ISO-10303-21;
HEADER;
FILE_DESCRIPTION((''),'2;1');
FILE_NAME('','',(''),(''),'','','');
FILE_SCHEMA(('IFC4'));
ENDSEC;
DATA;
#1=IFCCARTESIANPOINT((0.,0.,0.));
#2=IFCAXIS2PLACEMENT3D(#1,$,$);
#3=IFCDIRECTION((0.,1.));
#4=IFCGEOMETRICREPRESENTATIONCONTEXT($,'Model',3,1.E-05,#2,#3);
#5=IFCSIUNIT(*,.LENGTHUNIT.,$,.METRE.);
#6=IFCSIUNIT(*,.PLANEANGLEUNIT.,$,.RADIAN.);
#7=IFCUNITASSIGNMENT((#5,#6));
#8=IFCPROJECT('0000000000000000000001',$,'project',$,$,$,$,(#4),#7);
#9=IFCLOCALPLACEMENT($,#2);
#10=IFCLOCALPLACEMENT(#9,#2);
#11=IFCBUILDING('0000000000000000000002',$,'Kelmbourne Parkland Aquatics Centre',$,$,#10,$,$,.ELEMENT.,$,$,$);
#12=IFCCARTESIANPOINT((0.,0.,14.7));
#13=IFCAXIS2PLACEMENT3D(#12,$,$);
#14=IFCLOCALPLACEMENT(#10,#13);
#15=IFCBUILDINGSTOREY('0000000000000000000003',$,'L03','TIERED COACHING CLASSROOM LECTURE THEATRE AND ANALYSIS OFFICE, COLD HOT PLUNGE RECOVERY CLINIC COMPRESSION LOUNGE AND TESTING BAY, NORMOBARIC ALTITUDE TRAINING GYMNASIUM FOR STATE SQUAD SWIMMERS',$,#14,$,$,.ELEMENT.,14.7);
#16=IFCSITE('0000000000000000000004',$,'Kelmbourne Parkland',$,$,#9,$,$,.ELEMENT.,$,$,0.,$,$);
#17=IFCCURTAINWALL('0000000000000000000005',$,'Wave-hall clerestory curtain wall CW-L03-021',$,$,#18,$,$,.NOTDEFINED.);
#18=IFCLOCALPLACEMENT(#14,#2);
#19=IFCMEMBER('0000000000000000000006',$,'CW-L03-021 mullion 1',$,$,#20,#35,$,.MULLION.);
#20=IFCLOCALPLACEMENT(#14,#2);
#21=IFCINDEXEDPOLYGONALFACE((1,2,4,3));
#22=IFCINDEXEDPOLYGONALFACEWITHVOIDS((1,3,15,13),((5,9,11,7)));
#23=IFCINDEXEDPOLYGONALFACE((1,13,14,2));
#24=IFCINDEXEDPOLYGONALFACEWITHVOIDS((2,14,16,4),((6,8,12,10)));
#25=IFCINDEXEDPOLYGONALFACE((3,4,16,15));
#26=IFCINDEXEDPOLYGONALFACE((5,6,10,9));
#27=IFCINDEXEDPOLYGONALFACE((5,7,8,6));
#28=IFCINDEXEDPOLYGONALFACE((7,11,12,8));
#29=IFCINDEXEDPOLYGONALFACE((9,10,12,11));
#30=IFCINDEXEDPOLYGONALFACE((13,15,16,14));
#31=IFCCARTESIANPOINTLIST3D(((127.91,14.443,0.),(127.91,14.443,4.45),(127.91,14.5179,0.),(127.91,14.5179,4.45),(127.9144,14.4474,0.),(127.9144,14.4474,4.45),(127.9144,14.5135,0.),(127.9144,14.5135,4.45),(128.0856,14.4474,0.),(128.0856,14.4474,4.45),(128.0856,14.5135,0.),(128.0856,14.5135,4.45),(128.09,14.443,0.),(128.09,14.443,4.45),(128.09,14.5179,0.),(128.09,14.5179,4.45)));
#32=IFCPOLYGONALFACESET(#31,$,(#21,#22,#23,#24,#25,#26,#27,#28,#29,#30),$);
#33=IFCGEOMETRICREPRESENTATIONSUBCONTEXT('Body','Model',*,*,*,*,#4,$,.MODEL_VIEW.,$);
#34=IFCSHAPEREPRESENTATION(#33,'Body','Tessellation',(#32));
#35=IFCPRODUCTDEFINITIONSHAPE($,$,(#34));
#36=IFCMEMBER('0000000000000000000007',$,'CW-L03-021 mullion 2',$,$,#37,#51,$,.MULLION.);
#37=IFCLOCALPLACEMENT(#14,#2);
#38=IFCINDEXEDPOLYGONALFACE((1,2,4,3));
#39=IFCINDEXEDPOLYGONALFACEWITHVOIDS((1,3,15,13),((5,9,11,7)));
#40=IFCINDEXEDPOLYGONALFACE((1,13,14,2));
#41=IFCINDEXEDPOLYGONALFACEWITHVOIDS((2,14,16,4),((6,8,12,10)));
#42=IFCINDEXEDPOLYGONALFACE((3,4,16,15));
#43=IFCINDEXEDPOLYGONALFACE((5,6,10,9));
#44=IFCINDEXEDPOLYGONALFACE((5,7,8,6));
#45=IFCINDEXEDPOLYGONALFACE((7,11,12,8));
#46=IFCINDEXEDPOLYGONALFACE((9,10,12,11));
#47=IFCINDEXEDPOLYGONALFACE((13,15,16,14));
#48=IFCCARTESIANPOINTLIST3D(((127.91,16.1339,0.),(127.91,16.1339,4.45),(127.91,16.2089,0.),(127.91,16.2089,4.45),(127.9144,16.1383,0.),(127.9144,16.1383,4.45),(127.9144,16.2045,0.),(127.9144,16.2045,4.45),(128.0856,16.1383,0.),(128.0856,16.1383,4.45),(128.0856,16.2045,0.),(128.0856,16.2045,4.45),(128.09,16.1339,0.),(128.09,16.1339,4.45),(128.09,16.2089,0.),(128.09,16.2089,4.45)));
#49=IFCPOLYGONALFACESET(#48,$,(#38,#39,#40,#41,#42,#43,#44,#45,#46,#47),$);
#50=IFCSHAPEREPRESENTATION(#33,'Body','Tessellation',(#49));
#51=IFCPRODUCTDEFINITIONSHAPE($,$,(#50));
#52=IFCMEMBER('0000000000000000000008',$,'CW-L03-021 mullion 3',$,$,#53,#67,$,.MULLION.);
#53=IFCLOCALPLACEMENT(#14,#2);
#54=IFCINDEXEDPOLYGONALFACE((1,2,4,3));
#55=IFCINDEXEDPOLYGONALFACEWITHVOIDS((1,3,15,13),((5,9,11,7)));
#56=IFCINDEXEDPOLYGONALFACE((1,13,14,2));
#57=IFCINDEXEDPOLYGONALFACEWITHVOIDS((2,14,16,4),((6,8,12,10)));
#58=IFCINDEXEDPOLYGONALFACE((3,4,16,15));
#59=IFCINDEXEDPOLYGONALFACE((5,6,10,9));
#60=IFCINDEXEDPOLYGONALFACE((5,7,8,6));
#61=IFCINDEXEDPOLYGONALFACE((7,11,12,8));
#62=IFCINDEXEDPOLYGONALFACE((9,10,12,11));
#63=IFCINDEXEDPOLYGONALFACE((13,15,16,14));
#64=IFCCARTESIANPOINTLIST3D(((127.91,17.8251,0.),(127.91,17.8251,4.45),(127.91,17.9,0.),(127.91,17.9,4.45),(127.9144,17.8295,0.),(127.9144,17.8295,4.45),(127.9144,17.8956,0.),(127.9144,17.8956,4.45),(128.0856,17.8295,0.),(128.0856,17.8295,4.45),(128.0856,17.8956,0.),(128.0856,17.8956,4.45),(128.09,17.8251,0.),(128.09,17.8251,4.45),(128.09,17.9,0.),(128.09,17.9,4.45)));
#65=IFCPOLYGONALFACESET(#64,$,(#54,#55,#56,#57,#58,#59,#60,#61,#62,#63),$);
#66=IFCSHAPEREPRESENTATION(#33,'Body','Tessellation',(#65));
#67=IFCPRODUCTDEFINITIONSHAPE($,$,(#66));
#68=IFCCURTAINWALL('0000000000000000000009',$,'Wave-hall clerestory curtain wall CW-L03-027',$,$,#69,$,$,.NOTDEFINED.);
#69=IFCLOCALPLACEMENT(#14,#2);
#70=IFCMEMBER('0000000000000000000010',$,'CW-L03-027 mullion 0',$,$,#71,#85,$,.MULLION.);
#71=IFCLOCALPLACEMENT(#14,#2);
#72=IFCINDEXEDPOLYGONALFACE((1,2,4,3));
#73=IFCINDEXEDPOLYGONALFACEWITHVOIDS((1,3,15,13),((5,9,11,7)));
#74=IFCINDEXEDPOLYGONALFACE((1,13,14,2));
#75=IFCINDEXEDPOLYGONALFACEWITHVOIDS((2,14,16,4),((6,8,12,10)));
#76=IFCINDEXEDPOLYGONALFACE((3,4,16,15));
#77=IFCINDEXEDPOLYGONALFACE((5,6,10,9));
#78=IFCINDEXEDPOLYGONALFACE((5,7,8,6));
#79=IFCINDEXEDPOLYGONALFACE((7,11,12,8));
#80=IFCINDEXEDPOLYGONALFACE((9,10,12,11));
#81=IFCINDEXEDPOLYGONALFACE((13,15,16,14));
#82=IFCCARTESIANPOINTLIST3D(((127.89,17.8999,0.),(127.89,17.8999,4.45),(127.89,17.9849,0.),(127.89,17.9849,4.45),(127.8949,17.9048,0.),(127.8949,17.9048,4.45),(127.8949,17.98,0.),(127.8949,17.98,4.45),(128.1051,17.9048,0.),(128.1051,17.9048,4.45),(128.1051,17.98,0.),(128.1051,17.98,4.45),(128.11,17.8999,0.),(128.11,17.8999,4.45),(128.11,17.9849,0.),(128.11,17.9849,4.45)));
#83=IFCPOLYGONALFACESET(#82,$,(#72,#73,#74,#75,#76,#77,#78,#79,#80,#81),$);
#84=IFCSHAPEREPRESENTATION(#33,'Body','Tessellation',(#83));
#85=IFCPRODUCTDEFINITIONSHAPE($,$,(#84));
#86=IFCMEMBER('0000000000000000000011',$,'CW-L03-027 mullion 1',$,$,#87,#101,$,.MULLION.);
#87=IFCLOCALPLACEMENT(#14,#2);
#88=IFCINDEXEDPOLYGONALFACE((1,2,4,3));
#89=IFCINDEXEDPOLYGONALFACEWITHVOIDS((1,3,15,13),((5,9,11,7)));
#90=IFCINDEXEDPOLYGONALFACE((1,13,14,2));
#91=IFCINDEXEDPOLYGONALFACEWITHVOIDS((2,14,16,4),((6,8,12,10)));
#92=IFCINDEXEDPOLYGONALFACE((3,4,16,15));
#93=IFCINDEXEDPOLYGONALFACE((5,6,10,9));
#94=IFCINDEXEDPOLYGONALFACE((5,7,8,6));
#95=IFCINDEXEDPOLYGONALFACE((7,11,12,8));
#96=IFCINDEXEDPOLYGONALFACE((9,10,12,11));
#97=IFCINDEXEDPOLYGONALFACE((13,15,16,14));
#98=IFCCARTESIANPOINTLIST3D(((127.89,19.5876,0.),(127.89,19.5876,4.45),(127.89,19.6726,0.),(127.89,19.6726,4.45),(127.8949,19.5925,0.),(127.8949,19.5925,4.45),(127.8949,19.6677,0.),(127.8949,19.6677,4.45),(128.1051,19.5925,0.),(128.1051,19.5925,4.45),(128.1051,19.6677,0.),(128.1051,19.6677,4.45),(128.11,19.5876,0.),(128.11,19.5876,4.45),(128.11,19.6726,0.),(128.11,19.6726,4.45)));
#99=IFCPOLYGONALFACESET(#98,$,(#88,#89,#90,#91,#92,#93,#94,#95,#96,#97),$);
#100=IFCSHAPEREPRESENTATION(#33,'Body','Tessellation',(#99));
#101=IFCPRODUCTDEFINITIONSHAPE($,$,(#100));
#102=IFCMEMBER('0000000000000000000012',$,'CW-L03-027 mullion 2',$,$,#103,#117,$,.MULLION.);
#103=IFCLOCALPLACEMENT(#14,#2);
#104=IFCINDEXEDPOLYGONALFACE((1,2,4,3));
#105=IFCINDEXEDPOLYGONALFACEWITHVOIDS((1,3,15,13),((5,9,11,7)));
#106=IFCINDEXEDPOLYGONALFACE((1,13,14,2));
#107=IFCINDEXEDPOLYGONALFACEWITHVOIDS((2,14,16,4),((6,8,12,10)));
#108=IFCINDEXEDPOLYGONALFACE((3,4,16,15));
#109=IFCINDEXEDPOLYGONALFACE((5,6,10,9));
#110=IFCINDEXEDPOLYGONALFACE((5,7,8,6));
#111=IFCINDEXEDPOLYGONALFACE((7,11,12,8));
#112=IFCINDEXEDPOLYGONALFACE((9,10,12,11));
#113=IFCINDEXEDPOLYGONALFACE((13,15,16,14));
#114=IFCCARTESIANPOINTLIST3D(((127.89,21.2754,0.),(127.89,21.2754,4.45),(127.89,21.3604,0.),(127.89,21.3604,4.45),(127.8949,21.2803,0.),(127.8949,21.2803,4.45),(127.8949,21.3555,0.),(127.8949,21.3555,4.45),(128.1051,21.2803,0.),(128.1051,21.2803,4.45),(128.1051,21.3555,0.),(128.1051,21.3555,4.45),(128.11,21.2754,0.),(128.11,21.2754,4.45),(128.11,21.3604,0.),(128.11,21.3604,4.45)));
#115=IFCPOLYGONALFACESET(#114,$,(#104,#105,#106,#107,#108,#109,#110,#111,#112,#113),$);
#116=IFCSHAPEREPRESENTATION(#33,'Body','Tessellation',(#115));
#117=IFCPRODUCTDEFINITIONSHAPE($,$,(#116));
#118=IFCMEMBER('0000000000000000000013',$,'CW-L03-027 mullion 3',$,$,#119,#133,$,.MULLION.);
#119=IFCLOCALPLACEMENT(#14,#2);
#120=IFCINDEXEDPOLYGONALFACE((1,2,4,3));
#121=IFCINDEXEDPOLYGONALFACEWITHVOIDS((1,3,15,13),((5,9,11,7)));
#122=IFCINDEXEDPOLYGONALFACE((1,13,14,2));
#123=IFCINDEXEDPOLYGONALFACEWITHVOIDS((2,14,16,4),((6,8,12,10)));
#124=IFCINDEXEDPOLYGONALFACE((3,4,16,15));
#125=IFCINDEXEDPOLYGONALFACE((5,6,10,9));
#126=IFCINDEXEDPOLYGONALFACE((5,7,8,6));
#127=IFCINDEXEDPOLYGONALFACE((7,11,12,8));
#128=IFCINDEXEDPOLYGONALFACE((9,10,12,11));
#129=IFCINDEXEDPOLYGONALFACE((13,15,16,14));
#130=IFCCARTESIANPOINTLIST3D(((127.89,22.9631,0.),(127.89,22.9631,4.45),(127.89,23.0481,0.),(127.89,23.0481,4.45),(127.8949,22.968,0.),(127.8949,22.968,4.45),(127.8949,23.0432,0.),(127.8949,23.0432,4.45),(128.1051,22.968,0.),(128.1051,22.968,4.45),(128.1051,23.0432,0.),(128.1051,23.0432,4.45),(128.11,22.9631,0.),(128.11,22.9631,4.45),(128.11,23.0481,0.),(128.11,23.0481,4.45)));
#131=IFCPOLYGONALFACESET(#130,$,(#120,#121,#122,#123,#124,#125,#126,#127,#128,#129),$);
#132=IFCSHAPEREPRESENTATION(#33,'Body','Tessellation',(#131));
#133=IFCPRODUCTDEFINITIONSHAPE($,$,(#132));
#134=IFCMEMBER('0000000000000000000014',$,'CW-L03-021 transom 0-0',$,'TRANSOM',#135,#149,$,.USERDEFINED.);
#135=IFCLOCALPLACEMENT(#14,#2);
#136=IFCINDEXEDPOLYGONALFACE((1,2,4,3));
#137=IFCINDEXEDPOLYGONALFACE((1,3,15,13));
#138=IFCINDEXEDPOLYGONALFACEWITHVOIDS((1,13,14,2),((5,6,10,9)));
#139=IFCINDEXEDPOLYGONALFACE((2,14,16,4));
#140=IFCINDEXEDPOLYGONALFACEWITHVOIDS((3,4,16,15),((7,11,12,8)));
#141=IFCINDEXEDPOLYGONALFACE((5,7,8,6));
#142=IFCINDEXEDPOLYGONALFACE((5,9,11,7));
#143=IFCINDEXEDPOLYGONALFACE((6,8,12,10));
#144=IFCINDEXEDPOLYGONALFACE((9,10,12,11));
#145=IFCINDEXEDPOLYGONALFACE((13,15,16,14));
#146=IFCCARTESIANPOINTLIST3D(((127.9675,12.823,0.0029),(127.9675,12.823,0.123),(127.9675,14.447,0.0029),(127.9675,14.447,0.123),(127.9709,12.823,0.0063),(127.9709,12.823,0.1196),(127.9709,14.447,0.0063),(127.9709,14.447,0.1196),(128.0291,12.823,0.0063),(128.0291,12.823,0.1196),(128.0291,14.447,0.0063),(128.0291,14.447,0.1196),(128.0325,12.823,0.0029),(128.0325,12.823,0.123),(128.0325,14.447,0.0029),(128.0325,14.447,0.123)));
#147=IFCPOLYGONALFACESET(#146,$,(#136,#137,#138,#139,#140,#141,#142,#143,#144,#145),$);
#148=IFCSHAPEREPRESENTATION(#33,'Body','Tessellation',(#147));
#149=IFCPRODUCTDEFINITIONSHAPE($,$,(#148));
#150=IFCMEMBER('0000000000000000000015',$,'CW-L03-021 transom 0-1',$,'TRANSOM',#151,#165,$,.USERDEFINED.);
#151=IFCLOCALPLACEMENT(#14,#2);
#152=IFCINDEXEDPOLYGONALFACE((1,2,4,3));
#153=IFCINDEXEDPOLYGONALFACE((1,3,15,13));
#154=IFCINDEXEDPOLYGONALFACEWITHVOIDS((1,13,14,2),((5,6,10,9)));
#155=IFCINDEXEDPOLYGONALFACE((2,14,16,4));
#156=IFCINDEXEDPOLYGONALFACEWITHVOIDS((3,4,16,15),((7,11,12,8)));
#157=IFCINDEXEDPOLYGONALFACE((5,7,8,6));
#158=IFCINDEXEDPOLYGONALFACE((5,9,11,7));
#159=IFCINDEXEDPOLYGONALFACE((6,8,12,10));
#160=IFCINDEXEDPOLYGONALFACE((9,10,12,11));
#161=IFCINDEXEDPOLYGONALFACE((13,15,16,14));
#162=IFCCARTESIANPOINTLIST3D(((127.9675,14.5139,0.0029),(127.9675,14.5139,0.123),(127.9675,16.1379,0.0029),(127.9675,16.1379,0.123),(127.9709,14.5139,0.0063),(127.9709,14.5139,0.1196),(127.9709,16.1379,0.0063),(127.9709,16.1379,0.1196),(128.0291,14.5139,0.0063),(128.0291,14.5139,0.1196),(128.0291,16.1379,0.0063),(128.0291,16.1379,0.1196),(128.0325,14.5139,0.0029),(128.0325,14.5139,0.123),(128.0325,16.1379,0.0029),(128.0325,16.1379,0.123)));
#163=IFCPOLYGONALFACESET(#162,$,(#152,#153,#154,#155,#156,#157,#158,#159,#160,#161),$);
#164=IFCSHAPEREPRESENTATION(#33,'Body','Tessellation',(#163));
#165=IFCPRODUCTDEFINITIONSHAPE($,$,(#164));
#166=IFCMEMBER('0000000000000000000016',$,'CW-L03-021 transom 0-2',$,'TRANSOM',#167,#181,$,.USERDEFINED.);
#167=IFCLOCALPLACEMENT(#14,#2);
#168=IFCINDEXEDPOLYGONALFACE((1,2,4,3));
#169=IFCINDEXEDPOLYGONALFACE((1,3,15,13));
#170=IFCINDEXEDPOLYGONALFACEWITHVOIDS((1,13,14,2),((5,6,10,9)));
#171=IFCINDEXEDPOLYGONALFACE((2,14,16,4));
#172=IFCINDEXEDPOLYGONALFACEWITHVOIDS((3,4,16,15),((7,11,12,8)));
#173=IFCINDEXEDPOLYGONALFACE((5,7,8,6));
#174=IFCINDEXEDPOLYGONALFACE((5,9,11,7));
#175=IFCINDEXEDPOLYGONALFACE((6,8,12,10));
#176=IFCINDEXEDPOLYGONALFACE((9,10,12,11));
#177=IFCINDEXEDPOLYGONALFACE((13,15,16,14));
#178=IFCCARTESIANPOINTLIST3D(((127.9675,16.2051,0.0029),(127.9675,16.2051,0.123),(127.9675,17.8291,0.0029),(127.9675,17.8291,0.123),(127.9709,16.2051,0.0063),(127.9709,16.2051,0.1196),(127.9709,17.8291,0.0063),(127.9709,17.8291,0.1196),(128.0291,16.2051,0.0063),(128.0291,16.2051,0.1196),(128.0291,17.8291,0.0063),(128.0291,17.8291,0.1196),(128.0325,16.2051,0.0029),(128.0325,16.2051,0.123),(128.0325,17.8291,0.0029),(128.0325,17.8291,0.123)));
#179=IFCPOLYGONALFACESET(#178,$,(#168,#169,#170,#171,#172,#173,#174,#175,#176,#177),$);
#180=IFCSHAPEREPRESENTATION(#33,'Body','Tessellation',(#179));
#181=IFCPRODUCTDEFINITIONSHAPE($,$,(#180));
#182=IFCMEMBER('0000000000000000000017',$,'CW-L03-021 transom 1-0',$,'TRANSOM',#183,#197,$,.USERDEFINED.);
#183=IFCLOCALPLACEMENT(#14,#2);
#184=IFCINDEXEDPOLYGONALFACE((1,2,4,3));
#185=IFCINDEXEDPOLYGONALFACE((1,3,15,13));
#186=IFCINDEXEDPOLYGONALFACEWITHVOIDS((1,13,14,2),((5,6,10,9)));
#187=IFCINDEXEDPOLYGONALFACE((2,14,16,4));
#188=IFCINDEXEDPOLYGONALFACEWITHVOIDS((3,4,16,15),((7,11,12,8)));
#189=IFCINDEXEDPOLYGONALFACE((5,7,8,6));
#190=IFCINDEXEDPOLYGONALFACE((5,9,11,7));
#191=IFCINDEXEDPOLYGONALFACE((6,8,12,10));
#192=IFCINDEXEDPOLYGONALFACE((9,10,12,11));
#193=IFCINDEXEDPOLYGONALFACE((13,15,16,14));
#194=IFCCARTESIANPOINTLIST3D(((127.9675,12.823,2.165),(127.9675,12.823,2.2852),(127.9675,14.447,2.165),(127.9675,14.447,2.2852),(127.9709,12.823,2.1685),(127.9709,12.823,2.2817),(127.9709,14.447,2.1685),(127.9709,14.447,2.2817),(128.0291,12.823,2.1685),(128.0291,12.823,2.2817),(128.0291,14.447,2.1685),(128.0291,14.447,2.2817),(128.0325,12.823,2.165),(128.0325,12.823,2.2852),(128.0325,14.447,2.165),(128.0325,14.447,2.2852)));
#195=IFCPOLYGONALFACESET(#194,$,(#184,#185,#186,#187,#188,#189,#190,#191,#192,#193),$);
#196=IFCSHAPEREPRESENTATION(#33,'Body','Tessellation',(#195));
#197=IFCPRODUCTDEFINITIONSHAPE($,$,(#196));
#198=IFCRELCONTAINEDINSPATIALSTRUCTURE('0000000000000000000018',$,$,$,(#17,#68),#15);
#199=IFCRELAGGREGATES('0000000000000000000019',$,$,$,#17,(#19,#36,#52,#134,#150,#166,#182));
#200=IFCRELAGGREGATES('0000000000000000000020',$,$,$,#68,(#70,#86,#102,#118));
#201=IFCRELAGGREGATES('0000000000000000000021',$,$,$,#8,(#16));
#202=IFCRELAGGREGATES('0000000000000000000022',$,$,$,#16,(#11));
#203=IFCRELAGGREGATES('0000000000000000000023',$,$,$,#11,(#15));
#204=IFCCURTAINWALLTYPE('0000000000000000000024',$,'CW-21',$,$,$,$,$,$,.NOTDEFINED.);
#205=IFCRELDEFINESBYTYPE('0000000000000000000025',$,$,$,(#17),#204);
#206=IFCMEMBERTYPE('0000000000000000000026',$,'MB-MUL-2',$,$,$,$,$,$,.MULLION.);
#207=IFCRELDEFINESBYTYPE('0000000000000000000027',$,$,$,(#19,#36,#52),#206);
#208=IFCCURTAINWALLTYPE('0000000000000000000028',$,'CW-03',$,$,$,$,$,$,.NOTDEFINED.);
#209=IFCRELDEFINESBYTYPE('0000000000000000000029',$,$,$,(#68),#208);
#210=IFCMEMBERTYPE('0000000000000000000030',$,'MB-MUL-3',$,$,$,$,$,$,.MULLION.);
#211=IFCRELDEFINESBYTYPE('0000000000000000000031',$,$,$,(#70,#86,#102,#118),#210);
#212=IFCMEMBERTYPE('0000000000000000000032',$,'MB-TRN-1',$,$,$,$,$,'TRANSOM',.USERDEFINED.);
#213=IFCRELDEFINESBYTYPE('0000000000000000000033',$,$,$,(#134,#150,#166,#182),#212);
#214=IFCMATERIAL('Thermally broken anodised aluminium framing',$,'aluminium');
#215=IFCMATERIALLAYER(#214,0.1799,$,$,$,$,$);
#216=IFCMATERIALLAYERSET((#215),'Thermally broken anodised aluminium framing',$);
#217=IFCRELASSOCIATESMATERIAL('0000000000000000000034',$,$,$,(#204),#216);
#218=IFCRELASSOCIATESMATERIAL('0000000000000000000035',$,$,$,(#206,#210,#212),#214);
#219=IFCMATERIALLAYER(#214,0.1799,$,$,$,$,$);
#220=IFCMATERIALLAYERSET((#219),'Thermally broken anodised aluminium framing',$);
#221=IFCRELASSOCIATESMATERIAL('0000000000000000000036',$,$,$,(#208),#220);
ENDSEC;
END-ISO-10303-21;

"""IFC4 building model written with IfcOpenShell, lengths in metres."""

from ifc_helpers import new_model, si_unit, direction, frame, origin, origin_2d, place, context, subcontext, project, spatial, hollow_rectangle, extrude, material, layer, layer_set, material_profile, profile_set, type_object, element, aggregate, save


model = new_model("IFC4")

# Units and contexts
model_context = context("Model", 3, precision=1e-05, world=origin(), true_north=direction((0.0, 1.0)))
body_context = subcontext(model_context, "Body", "Model", "MODEL_VIEW")
ifc_project = project(units=[si_unit("LENGTHUNIT", "METRE"), si_unit("PLANEANGLEUNIT", "RADIAN")], contexts=[model_context])

# Site, building, storey
site_placement = place(None, origin())
site = spatial("IfcSite", under=ifc_project, at=site_placement, Name="Kelmbourne Parkland", CompositionType="ELEMENT", RefElevation=0.0)
building_placement = place(site_placement, origin())
building = spatial("IfcBuilding", under=site, at=building_placement, Name="Kelmbourne Parkland Aquatics Centre", CompositionType="ELEMENT")
storey_placement = place(building_placement, frame((0.0, 0.0, 14.7)))
storey = spatial("IfcBuildingStorey", under=building, at=storey_placement, Name="L03", Description="TIERED COACHING CLASSROOM LECTURE THEATRE AND ANALYSIS OFFICE, COLD HOT PLUNGE RECOVERY CLINIC COMPRESSION LOUNGE AND TESTING BAY, NORMOBARIC ALTITUDE TRAINING GYMNASIUM FOR STATE SQUAD SWIMMERS", CompositionType="ELEMENT", Elevation=14.7)

# Curtain walls, members
ifc_material_1 = material(Name="Thermally broken anodised aluminium framing", Category="aluminium")
ifc_layer_1 = layer(ifc_material_1, 0.1799)
ifc_layer_set_1 = layer_set([ifc_layer_1], Name="Thermally broken anodised aluminium framing")
curtain_wall_type_1 = type_object("IfcCurtainWallType", Name="CW-21", PredefinedType="NOTDEFINED", material=ifc_layer_set_1)
curtain_wall_1_placement = place(storey_placement, origin())
curtain_wall_1 = element("IfcCurtainWall", 1, at=curtain_wall_1_placement, inside=storey, type_object=curtain_wall_type_1, Name="Wave-hall clerestory curtain wall CW-L03-021", PredefinedType="NOTDEFINED")
ifc_material_profile_1 = material_profile(ifc_material_1, hollow_rectangle(XDim=0.075, YDim=0.1799, WallThickness=0.0044, at=origin_2d()), Name="CW-M 75x180")
ifc_profile_set_1 = profile_set([ifc_material_profile_1], Name="Thermally broken anodised aluminium framing")
member_type_1 = type_object("IfcMemberType", Name="MB-MUL-2", PredefinedType="MULLION", material=ifc_profile_set_1)
member_1_placement = place(storey_placement, frame((128.0, 14.4805, 0.0), z_axis=(0.0, 0.0, 1.0), x_axis=(0.0, 1.0, 0.0)))
member_1 = element("IfcMember", 2, at=member_1_placement, type_object=member_type_1, Name="CW-L03-021 mullion 1", PredefinedType="MULLION", context=body_context, shape_type="SweptSolid", body=[
    extrude(hollow_rectangle(XDim=0.075, YDim=0.1799, WallThickness=0.0044, at=origin_2d()), origin(), (0.0, 0.0, 1.0), 4.45),
])
member_2_placement = place(storey_placement, frame((128.0, 16.1714, 0.0), z_axis=(0.0, 0.0, 1.0), x_axis=(0.0, 1.0, 0.0)))
member_2 = element("IfcMember", 3, at=member_2_placement, type_object=member_type_1, Name="CW-L03-021 mullion 2", PredefinedType="MULLION", context=body_context, shape_type="SweptSolid", body=[
    extrude(hollow_rectangle(XDim=0.075, YDim=0.1799, WallThickness=0.0044, at=origin_2d()), origin(), (0.0, 0.0, 1.0), 4.45),
])
member_3_placement = place(storey_placement, frame((128.0, 17.8625, 0.0), z_axis=(0.0, 0.0, 1.0), x_axis=(0.0, 1.0, 0.0)))
member_3 = element("IfcMember", 4, at=member_3_placement, type_object=member_type_1, Name="CW-L03-021 mullion 3", PredefinedType="MULLION", context=body_context, shape_type="SweptSolid", body=[
    extrude(hollow_rectangle(XDim=0.075, YDim=0.1799, WallThickness=0.0044, at=origin_2d()), origin(), (0.0, 0.0, 1.0), 4.45),
])
ifc_layer_2 = layer(ifc_material_1, 0.1799)
ifc_layer_set_2 = layer_set([ifc_layer_2], Name="Thermally broken anodised aluminium framing")
curtain_wall_type_2 = type_object("IfcCurtainWallType", Name="CW-03", PredefinedType="NOTDEFINED", material=ifc_layer_set_2)
curtain_wall_2_placement = place(storey_placement, origin())
curtain_wall_2 = element("IfcCurtainWall", 5, at=curtain_wall_2_placement, inside=storey, type_object=curtain_wall_type_2, Name="Wave-hall clerestory curtain wall CW-L03-027", PredefinedType="NOTDEFINED")
ifc_material_profile_2 = material_profile(ifc_material_1, hollow_rectangle(XDim=0.085, YDim=0.22, WallThickness=0.0049, at=origin_2d()), Name="CW-M 85x220")
ifc_profile_set_2 = profile_set([ifc_material_profile_2], Name="Thermally broken anodised aluminium framing")
member_type_2 = type_object("IfcMemberType", Name="MB-MUL-3", PredefinedType="MULLION", material=ifc_profile_set_2)
member_4_placement = place(storey_placement, frame((128.0, 17.9424, 0.0), z_axis=(0.0, 0.0, 1.0), x_axis=(0.0, 1.0, 0.0)))
member_4 = element("IfcMember", 6, at=member_4_placement, type_object=member_type_2, Name="CW-L03-027 mullion 0", PredefinedType="MULLION", context=body_context, shape_type="SweptSolid", body=[
    extrude(hollow_rectangle(XDim=0.085, YDim=0.22, WallThickness=0.0049, at=origin_2d()), origin(), (0.0, 0.0, 1.0), 4.45),
])
member_5_placement = place(storey_placement, frame((128.0, 19.6301, 0.0), z_axis=(0.0, 0.0, 1.0), x_axis=(0.0, 1.0, 0.0)))
member_5 = element("IfcMember", 7, at=member_5_placement, type_object=member_type_2, Name="CW-L03-027 mullion 1", PredefinedType="MULLION", context=body_context, shape_type="SweptSolid", body=[
    extrude(hollow_rectangle(XDim=0.085, YDim=0.22, WallThickness=0.0049, at=origin_2d()), origin(), (0.0, 0.0, 1.0), 4.45),
])
member_6_placement = place(storey_placement, frame((128.0, 21.3179, 0.0), z_axis=(0.0, 0.0, 1.0), x_axis=(0.0, 1.0, 0.0)))
member_6 = element("IfcMember", 8, at=member_6_placement, type_object=member_type_2, Name="CW-L03-027 mullion 2", PredefinedType="MULLION", context=body_context, shape_type="SweptSolid", body=[
    extrude(hollow_rectangle(XDim=0.085, YDim=0.22, WallThickness=0.0049, at=origin_2d()), origin(), (0.0, 0.0, 1.0), 4.45),
])
member_7_placement = place(storey_placement, frame((128.0, 23.0056, 0.0), z_axis=(0.0, 0.0, 1.0), x_axis=(0.0, 1.0, 0.0)))
member_7 = element("IfcMember", 9, at=member_7_placement, type_object=member_type_2, Name="CW-L03-027 mullion 3", PredefinedType="MULLION", context=body_context, shape_type="SweptSolid", body=[
    extrude(hollow_rectangle(XDim=0.085, YDim=0.22, WallThickness=0.0049, at=origin_2d()), origin(), (0.0, 0.0, 1.0), 4.45),
])

# Members
ifc_material_profile_3 = material_profile(ifc_material_1, hollow_rectangle(XDim=0.0649, YDim=0.1201, WallThickness=0.0034, at=origin_2d()), Name="CW-T 65x120")
ifc_profile_set_3 = profile_set([ifc_material_profile_3], Name="Thermally broken anodised aluminium framing")
member_type_3 = type_object("IfcMemberType", Name="MB-TRN-1", ElementType="TRANSOM", PredefinedType="USERDEFINED", material=ifc_profile_set_3)
member_8_placement = place(storey_placement, frame((128.0, 12.823, 0.063), z_axis=(0.0, 1.0, 0.0), x_axis=(-1.0, 0.0, 0.0)))
member_8 = element("IfcMember", 10, at=member_8_placement, type_object=member_type_3, Name="CW-L03-021 transom 0-0", ObjectType="TRANSOM", PredefinedType="USERDEFINED", context=body_context, shape_type="SweptSolid", body=[
    extrude(hollow_rectangle(XDim=0.0649, YDim=0.1201, WallThickness=0.0034, at=origin_2d()), origin(), (0.0, 0.0, 1.0), 1.624),
])
member_9_placement = place(storey_placement, frame((128.0, 14.5139, 0.063), z_axis=(0.0, 1.0, 0.0), x_axis=(-1.0, 0.0, 0.0)))
member_9 = element("IfcMember", 11, at=member_9_placement, type_object=member_type_3, Name="CW-L03-021 transom 0-1", ObjectType="TRANSOM", PredefinedType="USERDEFINED", context=body_context, shape_type="SweptSolid", body=[
    extrude(hollow_rectangle(XDim=0.0649, YDim=0.1201, WallThickness=0.0034, at=origin_2d()), origin(), (0.0, 0.0, 1.0), 1.624),
])
member_10_placement = place(storey_placement, frame((128.0, 16.2051, 0.063), z_axis=(0.0, 1.0, 0.0), x_axis=(-1.0, 0.0, 0.0)))
member_10 = element("IfcMember", 12, at=member_10_placement, type_object=member_type_3, Name="CW-L03-021 transom 0-2", ObjectType="TRANSOM", PredefinedType="USERDEFINED", context=body_context, shape_type="SweptSolid", body=[
    extrude(hollow_rectangle(XDim=0.0649, YDim=0.1201, WallThickness=0.0034, at=origin_2d()), origin(), (0.0, 0.0, 1.0), 1.624),
])
member_11_placement = place(storey_placement, frame((128.0, 12.823, 2.2251), z_axis=(0.0, 1.0, 0.0), x_axis=(-1.0, 0.0, 0.0)))
member_11 = element("IfcMember", 13, at=member_11_placement, type_object=member_type_3, Name="CW-L03-021 transom 1-0", ObjectType="TRANSOM", PredefinedType="USERDEFINED", context=body_context, shape_type="SweptSolid", body=[
    extrude(hollow_rectangle(XDim=0.0649, YDim=0.1201, WallThickness=0.0034, at=origin_2d()), origin(), (0.0, 0.0, 1.0), 1.624),
])

aggregate(curtain_wall_1, [member_1, member_2, member_3, member_8, member_9, member_10, member_11])
aggregate(curtain_wall_2, [member_4, member_5, member_6, member_7])

save(model, "model.ifc")
